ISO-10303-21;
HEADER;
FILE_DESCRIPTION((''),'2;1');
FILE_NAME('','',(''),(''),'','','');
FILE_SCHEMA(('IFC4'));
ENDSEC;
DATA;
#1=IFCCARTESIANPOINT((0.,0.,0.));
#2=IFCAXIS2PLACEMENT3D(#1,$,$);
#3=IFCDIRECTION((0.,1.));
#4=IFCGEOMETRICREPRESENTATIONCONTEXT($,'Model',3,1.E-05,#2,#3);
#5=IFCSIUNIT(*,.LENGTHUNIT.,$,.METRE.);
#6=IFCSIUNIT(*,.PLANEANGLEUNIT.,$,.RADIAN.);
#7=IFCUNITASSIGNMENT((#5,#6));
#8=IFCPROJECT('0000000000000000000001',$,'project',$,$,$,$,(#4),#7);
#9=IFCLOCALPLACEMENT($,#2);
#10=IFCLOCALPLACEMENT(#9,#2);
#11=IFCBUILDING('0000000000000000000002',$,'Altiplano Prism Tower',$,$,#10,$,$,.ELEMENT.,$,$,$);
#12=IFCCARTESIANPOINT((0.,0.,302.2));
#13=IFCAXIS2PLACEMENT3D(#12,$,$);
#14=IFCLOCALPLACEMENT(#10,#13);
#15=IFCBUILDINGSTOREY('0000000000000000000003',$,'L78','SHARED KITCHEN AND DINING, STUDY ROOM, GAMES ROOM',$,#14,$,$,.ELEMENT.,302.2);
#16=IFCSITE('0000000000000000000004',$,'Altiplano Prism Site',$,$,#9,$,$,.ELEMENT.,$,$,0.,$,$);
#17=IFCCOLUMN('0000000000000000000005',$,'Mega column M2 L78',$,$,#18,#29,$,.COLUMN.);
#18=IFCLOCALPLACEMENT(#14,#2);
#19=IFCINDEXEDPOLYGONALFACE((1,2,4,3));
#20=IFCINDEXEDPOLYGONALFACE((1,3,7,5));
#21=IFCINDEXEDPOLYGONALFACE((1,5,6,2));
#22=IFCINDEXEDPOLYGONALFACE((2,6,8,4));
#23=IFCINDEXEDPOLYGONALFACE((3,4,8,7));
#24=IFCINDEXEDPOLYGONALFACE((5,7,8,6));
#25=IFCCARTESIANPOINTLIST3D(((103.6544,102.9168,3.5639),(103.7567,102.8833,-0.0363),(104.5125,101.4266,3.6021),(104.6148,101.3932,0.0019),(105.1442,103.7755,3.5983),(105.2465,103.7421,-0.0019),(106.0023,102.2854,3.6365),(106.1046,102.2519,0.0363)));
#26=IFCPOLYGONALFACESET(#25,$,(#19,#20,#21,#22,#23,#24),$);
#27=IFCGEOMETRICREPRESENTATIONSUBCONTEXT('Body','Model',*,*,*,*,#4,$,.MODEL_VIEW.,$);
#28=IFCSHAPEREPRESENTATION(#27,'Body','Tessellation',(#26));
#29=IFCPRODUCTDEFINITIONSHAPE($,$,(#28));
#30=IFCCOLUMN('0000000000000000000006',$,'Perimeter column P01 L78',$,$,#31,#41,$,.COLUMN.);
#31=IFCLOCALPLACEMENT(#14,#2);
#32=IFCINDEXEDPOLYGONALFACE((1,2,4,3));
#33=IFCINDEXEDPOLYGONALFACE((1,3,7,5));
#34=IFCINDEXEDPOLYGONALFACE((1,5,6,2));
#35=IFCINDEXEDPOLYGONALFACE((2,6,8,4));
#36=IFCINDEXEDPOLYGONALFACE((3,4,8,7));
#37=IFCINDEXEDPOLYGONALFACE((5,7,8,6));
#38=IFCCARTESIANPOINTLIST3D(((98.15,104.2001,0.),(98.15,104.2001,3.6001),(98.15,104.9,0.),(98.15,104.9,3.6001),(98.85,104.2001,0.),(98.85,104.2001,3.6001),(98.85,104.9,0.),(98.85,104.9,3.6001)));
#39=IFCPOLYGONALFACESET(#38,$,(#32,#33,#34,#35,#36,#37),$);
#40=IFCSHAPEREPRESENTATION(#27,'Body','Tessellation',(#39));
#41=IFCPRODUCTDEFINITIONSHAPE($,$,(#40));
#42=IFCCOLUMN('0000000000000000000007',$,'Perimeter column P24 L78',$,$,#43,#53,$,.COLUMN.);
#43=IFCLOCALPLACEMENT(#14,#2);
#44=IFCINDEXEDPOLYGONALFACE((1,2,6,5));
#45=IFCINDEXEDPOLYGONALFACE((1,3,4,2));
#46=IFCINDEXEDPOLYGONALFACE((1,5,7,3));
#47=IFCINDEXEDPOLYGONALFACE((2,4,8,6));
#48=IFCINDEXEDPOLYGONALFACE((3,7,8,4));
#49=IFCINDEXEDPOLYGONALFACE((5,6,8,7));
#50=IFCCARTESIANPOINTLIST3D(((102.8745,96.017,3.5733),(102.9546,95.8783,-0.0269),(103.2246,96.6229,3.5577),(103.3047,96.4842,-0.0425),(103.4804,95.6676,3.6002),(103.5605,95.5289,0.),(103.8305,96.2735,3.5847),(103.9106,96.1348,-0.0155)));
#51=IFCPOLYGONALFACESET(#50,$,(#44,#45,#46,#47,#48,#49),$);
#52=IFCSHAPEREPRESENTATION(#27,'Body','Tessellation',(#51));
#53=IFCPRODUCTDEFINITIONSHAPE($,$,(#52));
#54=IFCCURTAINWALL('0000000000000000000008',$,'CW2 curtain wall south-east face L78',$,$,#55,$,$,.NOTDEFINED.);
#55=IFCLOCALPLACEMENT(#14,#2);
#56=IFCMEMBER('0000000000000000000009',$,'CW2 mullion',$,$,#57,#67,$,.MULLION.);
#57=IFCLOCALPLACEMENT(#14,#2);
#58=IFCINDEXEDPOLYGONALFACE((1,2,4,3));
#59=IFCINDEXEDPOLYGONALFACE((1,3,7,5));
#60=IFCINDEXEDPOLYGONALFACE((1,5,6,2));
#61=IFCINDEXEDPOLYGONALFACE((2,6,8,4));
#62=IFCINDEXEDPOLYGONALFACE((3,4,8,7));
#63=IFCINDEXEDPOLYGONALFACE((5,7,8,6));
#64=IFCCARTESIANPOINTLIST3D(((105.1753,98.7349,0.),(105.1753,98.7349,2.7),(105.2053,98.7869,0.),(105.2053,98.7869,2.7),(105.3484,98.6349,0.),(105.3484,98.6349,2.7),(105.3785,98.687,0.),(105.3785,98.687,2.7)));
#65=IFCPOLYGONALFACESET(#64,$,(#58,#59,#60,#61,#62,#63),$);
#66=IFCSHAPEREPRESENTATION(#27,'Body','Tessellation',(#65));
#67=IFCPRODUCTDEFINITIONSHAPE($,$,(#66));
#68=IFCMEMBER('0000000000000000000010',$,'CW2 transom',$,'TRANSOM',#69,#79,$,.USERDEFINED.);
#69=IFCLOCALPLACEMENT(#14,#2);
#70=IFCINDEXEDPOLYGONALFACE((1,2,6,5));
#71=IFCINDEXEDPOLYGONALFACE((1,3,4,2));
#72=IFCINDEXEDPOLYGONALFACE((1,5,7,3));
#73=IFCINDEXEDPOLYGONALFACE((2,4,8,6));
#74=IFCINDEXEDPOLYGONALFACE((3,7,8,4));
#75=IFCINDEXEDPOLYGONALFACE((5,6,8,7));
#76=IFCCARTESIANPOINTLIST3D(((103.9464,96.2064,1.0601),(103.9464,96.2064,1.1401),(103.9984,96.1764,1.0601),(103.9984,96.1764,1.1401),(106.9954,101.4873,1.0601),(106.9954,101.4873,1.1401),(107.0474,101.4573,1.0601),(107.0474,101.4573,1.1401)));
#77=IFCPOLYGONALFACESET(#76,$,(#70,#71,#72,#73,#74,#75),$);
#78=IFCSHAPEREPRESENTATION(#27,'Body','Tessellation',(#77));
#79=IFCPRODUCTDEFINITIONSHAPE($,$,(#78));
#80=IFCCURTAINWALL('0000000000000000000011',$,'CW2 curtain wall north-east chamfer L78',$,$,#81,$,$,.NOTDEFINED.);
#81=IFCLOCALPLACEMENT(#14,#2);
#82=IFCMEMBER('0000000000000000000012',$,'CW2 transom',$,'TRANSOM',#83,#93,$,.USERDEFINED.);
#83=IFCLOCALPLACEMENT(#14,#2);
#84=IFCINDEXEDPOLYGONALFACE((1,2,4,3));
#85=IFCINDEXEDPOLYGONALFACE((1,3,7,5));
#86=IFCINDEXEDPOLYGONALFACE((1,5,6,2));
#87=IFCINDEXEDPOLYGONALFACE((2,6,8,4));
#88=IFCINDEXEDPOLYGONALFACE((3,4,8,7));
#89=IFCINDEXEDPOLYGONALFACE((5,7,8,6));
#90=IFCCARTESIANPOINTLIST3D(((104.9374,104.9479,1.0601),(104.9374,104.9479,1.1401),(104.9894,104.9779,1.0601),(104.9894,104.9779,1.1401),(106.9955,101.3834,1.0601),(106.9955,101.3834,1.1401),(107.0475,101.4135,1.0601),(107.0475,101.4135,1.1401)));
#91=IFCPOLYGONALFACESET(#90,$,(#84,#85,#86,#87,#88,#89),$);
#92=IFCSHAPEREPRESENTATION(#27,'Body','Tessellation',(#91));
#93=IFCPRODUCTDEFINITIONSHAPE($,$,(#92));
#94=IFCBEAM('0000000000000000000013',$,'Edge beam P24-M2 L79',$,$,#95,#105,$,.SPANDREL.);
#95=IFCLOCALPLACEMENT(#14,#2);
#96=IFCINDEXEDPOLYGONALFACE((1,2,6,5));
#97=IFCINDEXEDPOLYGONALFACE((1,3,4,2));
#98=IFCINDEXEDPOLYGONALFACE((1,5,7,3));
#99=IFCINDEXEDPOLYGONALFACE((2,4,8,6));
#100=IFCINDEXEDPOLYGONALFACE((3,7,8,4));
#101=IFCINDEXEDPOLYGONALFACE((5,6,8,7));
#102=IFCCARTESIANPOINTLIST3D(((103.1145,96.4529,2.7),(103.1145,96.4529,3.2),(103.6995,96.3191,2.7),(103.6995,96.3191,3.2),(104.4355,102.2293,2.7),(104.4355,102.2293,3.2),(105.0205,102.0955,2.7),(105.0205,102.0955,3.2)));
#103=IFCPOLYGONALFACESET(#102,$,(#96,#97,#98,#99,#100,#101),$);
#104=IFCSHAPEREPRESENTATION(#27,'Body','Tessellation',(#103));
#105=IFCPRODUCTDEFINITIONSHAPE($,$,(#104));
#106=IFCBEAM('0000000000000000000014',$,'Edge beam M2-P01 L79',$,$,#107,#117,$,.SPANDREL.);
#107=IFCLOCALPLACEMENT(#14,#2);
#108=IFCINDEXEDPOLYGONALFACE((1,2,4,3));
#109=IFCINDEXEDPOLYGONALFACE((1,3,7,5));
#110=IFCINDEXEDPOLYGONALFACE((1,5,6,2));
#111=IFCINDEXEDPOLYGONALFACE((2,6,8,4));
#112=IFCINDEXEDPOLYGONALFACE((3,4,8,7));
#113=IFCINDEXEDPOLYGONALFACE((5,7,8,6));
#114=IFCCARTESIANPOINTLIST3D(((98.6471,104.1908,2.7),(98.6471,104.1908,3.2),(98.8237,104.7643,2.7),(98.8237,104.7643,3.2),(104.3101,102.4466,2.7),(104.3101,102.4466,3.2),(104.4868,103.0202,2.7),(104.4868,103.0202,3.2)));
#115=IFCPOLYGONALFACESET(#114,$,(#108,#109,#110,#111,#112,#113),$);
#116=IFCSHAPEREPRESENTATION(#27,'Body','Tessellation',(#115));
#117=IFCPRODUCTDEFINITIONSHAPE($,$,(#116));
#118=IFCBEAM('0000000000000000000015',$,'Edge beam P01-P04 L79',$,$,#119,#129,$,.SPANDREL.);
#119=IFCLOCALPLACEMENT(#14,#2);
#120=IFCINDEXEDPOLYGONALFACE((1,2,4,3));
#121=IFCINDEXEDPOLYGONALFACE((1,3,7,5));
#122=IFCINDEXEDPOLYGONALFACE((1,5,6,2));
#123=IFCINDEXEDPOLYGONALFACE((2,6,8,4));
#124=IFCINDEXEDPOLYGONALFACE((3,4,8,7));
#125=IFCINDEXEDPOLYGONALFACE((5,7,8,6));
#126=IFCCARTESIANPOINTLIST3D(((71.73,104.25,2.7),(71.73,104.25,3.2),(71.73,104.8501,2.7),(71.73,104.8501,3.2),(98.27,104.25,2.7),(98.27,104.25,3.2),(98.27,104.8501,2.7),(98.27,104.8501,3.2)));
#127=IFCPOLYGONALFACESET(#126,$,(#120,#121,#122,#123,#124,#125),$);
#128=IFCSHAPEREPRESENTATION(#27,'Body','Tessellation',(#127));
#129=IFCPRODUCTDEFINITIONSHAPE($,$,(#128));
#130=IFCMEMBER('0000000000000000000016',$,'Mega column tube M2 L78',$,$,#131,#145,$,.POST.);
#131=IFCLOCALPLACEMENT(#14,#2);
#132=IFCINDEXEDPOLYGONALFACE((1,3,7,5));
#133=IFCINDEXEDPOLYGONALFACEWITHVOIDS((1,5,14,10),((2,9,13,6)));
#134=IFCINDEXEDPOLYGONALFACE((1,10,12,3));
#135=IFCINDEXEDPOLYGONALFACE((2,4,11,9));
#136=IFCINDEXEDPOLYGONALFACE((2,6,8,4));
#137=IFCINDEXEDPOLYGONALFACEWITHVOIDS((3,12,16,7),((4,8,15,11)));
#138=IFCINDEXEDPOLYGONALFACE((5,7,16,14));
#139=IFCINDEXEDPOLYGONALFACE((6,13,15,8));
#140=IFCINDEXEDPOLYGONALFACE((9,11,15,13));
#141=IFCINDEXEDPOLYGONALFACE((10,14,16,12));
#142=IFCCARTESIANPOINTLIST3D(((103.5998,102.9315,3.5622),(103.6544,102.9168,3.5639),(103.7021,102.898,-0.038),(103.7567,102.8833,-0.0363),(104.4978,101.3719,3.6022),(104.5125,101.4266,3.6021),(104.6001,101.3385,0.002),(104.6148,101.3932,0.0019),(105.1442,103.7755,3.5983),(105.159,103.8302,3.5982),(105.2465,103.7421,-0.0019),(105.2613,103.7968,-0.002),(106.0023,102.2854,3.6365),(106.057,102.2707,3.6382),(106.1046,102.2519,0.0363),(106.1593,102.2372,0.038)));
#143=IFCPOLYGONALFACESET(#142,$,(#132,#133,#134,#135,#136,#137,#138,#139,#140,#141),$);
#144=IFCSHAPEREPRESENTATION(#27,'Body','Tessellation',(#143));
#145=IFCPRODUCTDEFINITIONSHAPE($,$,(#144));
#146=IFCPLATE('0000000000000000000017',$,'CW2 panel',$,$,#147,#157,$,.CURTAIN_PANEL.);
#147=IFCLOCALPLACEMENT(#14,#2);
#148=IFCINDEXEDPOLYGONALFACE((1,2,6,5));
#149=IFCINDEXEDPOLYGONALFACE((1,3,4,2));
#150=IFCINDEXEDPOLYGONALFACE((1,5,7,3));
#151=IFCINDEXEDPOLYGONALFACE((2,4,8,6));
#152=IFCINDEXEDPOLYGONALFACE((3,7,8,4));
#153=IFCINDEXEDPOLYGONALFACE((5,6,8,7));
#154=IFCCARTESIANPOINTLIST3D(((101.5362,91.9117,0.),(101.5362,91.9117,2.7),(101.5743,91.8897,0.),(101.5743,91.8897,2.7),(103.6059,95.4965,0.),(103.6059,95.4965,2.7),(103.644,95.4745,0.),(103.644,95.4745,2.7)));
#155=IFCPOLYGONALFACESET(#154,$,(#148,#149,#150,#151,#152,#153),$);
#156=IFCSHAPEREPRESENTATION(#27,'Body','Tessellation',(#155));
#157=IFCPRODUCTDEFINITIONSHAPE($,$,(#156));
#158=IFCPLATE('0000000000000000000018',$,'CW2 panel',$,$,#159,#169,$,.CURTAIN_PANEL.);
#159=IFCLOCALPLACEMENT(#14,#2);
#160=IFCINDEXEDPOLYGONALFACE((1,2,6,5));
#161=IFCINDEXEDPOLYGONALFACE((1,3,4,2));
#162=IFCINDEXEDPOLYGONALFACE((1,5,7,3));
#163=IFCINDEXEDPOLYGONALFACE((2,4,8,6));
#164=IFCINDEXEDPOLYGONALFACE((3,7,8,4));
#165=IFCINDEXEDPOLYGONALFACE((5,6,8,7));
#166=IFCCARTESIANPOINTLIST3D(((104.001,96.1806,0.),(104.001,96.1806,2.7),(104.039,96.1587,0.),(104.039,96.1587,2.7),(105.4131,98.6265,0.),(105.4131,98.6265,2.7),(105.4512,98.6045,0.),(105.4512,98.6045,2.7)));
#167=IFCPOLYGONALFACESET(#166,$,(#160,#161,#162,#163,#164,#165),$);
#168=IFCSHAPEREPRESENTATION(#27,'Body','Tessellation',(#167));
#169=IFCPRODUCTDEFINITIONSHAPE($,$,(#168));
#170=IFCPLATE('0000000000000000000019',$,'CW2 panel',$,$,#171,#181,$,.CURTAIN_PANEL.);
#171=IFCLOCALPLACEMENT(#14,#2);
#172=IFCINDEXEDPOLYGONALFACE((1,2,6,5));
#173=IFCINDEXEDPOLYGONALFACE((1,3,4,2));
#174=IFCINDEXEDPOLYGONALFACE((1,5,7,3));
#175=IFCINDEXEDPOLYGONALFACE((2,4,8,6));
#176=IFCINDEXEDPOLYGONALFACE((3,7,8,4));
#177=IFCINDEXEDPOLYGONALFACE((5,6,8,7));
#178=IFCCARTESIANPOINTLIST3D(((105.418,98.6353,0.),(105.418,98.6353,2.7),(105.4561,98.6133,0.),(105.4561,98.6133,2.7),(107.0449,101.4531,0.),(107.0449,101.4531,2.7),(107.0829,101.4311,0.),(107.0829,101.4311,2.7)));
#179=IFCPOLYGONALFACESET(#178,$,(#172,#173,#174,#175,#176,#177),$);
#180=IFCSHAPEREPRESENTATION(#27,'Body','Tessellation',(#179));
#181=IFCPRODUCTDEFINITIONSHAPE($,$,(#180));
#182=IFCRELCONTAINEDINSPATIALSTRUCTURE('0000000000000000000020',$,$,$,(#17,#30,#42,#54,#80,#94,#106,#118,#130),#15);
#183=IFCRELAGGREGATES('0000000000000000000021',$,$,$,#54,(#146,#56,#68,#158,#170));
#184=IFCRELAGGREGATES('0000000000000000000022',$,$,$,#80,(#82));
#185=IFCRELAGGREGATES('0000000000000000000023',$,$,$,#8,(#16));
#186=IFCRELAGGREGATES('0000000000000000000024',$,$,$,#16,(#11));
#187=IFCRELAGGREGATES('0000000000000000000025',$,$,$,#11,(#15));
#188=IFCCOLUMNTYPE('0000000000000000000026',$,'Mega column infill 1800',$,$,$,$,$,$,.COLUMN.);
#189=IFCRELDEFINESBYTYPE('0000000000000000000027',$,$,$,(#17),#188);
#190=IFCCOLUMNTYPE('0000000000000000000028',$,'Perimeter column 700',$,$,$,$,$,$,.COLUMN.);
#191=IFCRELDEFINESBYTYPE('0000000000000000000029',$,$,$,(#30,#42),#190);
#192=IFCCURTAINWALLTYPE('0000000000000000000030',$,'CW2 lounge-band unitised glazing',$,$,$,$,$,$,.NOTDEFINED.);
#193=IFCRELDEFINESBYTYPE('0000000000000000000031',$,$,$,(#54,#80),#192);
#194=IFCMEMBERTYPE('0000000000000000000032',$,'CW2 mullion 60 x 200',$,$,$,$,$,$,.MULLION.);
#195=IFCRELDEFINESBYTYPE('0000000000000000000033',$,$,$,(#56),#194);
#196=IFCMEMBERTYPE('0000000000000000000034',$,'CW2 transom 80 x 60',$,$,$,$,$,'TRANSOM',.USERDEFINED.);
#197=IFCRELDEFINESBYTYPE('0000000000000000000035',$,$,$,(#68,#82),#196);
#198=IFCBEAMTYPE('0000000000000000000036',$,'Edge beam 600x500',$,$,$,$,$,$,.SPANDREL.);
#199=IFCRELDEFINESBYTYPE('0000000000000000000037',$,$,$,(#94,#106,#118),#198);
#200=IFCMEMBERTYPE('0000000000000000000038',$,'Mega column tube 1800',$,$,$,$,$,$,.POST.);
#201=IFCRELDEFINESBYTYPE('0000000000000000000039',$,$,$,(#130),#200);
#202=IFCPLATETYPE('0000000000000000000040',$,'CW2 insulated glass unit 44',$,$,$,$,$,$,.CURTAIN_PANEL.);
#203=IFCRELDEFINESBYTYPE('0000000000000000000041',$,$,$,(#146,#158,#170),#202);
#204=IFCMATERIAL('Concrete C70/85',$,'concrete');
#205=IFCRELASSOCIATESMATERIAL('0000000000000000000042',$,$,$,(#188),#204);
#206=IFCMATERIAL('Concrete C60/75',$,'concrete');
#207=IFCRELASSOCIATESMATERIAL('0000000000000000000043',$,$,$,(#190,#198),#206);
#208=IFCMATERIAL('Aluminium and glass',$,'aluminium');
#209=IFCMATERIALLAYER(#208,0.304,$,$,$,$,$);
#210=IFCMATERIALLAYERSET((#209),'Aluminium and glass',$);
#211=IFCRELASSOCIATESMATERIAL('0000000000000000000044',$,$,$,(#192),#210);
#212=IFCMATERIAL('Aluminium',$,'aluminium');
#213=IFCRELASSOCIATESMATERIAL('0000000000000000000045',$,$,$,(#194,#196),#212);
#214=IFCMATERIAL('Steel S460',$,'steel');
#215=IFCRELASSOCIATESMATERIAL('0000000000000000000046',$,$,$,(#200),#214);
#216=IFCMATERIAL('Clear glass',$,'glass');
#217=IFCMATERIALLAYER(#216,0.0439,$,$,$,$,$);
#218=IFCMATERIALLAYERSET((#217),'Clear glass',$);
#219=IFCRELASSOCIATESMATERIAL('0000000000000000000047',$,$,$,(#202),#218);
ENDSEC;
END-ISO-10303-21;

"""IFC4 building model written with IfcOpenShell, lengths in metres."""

from ifc_helpers import new_model, si_unit, direction, frame, origin, origin_2d, place, context, subcontext, project, spatial, rectangle, hollow_rectangle, extrude, material, layer, layer_set, material_profile, profile_set, type_object, element, aggregate, save


model = new_model("IFC4")

# Units and contexts
model_context = context("Model", 3, precision=1e-05, world=origin(), true_north=direction((0.0, 1.0)))
body_context = subcontext(model_context, "Body", "Model", "MODEL_VIEW")
ifc_project = project(units=[si_unit("LENGTHUNIT", "METRE"), si_unit("PLANEANGLEUNIT", "RADIAN")], contexts=[model_context])

# Site, building, storey
site_placement = place(None, origin())
site = spatial("IfcSite", under=ifc_project, at=site_placement, Name="Altiplano Prism Site", CompositionType="ELEMENT", RefElevation=0.0)
building_placement = place(site_placement, origin())
building = spatial("IfcBuilding", under=site, at=building_placement, Name="Altiplano Prism Tower", CompositionType="ELEMENT")
storey_placement = place(building_placement, frame((0.0, 0.0, 302.2)))
storey = spatial("IfcBuildingStorey", under=building, at=storey_placement, Name="L78", Description="SHARED KITCHEN AND DINING, STUDY ROOM, GAMES ROOM", CompositionType="ELEMENT", Elevation=302.2)

# Columns
ifc_material_1 = material(Name="Concrete C70/85", Category="concrete")
ifc_material_profile_1 = material_profile(ifc_material_1, rectangle(XDim=1.72, YDim=1.72, at=origin_2d()), Name="Mega column infill 1800")
ifc_profile_set_1 = profile_set([ifc_material_profile_1], Name="Concrete C70/85")
column_type_1 = type_object("IfcColumnType", Name="Mega column infill 1800", PredefinedType="COLUMN", material=ifc_profile_set_1)
column_1_placement = place(storey_placement, frame((104.9307, 102.5676, 0.0), z_axis=(-0.028402, 0.009287, 0.999553), x_axis=(0.498889, -0.866381, 0.022225)))
element("IfcColumn", 1, at=column_1_placement, inside=storey, type_object=column_type_1, Name="Mega column M2 L78", PredefinedType="COLUMN", context=body_context, shape_type="SweptSolid", body=[
    extrude(rectangle(XDim=1.72, YDim=1.72, at=origin_2d()), origin(), (0.0, 0.0, 1.0), 3.6018),
])
ifc_material_2 = material(Name="Concrete C60/75", Category="concrete")
ifc_material_profile_2 = material_profile(ifc_material_2, rectangle(XDim=0.7, YDim=0.7, at=origin_2d()), Name="Perimeter column 700")
ifc_profile_set_2 = profile_set([ifc_material_profile_2], Name="Concrete C60/75")
column_type_2 = type_object("IfcColumnType", Name="Perimeter column 700", PredefinedType="COLUMN", material=ifc_profile_set_2)
column_2_placement = place(storey_placement, frame((98.5, 104.55, 0.0), z_axis=(0.0, 0.0, 1.0), x_axis=(1.0, 0.0, 0.0)))
element("IfcColumn", 2, at=column_2_placement, inside=storey, type_object=column_type_2, Name="Perimeter column P01 L78", PredefinedType="COLUMN", context=body_context, shape_type="SweptSolid", body=[
    extrude(rectangle(XDim=0.7, YDim=0.7, at=origin_2d()), origin(), (0.0, 0.0, 1.0), 3.6001),
])
column_3_placement = place(storey_placement, frame((103.4326, 96.0066, -0.0212), z_axis=(-0.022221, 0.038481, 0.999012), x_axis=(-0.50017, -0.865642, 0.022218)))
element("IfcColumn", 3, at=column_3_placement, inside=storey, type_object=column_type_2, Name="Perimeter column P24 L78", PredefinedType="COLUMN", context=body_context, shape_type="SweptSolid", body=[
    extrude(rectangle(XDim=0.7, YDim=0.7, at=origin_2d()), origin(), (0.0, 0.0, 1.0), 3.6038),
])

# Curtain wall, members
ifc_material_3 = material(Name="Aluminium and glass", Category="aluminium")
ifc_layer_1 = layer(ifc_material_3, 0.304)
ifc_layer_set_1 = layer_set([ifc_layer_1], Name="Aluminium and glass")
curtain_wall_type = type_object("IfcCurtainWallType", Name="CW2 lounge-band unitised glazing", PredefinedType="NOTDEFINED", material=ifc_layer_set_1)
curtain_wall_1_placement = place(storey_placement, origin())
curtain_wall_1 = element("IfcCurtainWall", 4, at=curtain_wall_1_placement, inside=storey, type_object=curtain_wall_type, Name="CW2 curtain wall south-east face L78", PredefinedType="NOTDEFINED")
ifc_material_4 = material(Name="Aluminium", Category="aluminium")
ifc_material_profile_3 = material_profile(ifc_material_4, rectangle(XDim=0.2, YDim=0.0601, at=origin_2d()), Name="CW2 mullion 60 x 200")
ifc_profile_set_3 = profile_set([ifc_material_profile_3], Name="Aluminium")
member_type_1 = type_object("IfcMemberType", Name="CW2 mullion 60 x 200", PredefinedType="MULLION", material=ifc_profile_set_3)
member_1_placement = place(storey_placement, frame((105.2769, 98.7109, 0.0), z_axis=(0.0, 0.0, 1.0), x_axis=(-0.866025, 0.5, 0.0)))
member_1 = element("IfcMember", 5, at=member_1_placement, type_object=member_type_1, Name="CW2 mullion", PredefinedType="MULLION", context=body_context, shape_type="SweptSolid", body=[
    extrude(rectangle(XDim=0.2, YDim=0.0601, at=origin_2d()), origin(), (0.0, 0.0, 1.0), 2.7),
])
ifc_material_profile_4 = material_profile(ifc_material_4, rectangle(XDim=0.0601, YDim=0.0801, at=origin_2d()), Name="CW2 transom 80 x 60")
ifc_profile_set_4 = profile_set([ifc_material_profile_4], Name="Aluminium")
member_type_2 = type_object("IfcMemberType", Name="CW2 transom 80 x 60", ElementType="TRANSOM", PredefinedType="USERDEFINED", material=ifc_profile_set_4)
member_2_placement = place(storey_placement, frame((103.9724, 96.1914, 1.1001), z_axis=(0.50001, 0.86602, 0.0), x_axis=(-0.86602, 0.50001, 0.0)))
member_2 = element("IfcMember", 6, at=member_2_placement, type_object=member_type_2, Name="CW2 transom", ObjectType="TRANSOM", PredefinedType="USERDEFINED", context=body_context, shape_type="SweptSolid", body=[
    extrude(rectangle(XDim=0.0601, YDim=0.0801, at=origin_2d()), origin(), (0.0, 0.0, 1.0), 6.0979),
])

# Curtain wall, member
curtain_wall_2_placement = place(storey_placement, origin())
curtain_wall_2 = element("IfcCurtainWall", 7, at=curtain_wall_2_placement, inside=storey, type_object=curtain_wall_type, Name="CW2 curtain wall north-east chamfer L78", PredefinedType="NOTDEFINED")
member_3_placement = place(storey_placement, frame((107.0215, 101.3984, 1.1001), z_axis=(-0.500031, 0.866008, 0.0), x_axis=(-0.866008, -0.500031, 0.0)))
member_3 = element("IfcMember", 8, at=member_3_placement, type_object=member_type_2, Name="CW2 transom", ObjectType="TRANSOM", PredefinedType="USERDEFINED", context=body_context, shape_type="SweptSolid", body=[
    extrude(rectangle(XDim=0.0601, YDim=0.0801, at=origin_2d()), origin(), (0.0, 0.0, 1.0), 4.116),
])

# Beams
ifc_material_profile_5 = material_profile(ifc_material_2, rectangle(XDim=0.6001, YDim=0.5, at=origin_2d()), Name="Edge beam 600x500")
ifc_profile_set_5 = profile_set([ifc_material_profile_5], Name="Concrete C60/75")
beam_type = type_object("IfcBeamType", Name="Edge beam 600x500", PredefinedType="SPANDREL", material=ifc_profile_set_5)
for number, where, z_axis, x_axis, name in (
    (9, (103.407, 96.386, 2.95), (0.222942, 0.974832, 0.0), (-0.974832, 0.222942, 0.0), "Edge beam P24-M2 L79"),
    (10, (104.3984, 102.7334, 2.95), (-0.955701, 0.294341, 0.0), (-0.294341, -0.955701, 0.0), "Edge beam M2-P01 L79"),
):
    element("IfcBeam", number, at=place(storey_placement, frame(where, z_axis=z_axis, x_axis=x_axis)), inside=storey, type_object=beam_type, Name=name, PredefinedType="SPANDREL", context=body_context, shape_type="SweptSolid", body=[
        extrude(rectangle(XDim=0.6001, YDim=0.5, at=origin_2d()), origin(), (0.0, 0.0, 1.0), 5.9255),
    ])
beam_placement = place(storey_placement, frame((98.27, 104.55, 2.95), z_axis=(-1.0, 0.0, 0.0), x_axis=(0.0, -1.0, 0.0)))
element("IfcBeam", 11, at=beam_placement, inside=storey, type_object=beam_type, Name="Edge beam P01-P04 L79", PredefinedType="SPANDREL", context=body_context, shape_type="SweptSolid", body=[
    extrude(rectangle(XDim=0.6001, YDim=0.5, at=origin_2d()), origin(), (0.0, 0.0, 1.0), 26.54),
])

# Member
ifc_material_5 = material(Name="Steel S460", Category="steel")
ifc_material_profile_6 = material_profile(ifc_material_5, hollow_rectangle(XDim=1.8, YDim=1.8, WallThickness=0.04, at=origin_2d()), Name="Mega column tube 1800")
ifc_profile_set_6 = profile_set([ifc_material_profile_6], Name="Steel S460")
member_type_3 = type_object("IfcMemberType", Name="Mega column tube 1800", PredefinedType="POST", material=ifc_profile_set_6)
member_4_placement = place(storey_placement, frame((104.9307, 102.5676, 0.0), z_axis=(-0.028402, 0.009287, 0.999553), x_axis=(0.498889, -0.866381, 0.022225)))
element("IfcMember", 12, at=member_4_placement, inside=storey, type_object=member_type_3, Name="Mega column tube M2 L78", PredefinedType="POST", context=body_context, shape_type="SweptSolid", body=[
    extrude(hollow_rectangle(XDim=1.8, YDim=1.8, WallThickness=0.04, at=origin_2d()), origin(), (0.0, 0.0, 1.0), 3.6018),
])

# Plates
ifc_material_6 = material(Name="Clear glass", Category="glass")
ifc_layer_2 = layer(ifc_material_6, 0.0439)
ifc_layer_set_2 = layer_set([ifc_layer_2], Name="Clear glass")
plate_type = type_object("IfcPlateType", Name="CW2 insulated glass unit 44", PredefinedType="CURTAIN_PANEL", material=ifc_layer_set_2)
plate_1_placement = place(storey_placement, frame((102.5901, 93.6931, 0.0), z_axis=(0.0, 0.0, 1.0), x_axis=(0.5, 0.866025, 0.0)))
plate_1 = element("IfcPlate", 13, at=plate_1_placement, type_object=plate_type, Name="CW2 panel", PredefinedType="CURTAIN_PANEL", context=body_context, shape_type="SweptSolid", body=[
    extrude(rectangle(XDim=4.1394, YDim=0.0439, at=origin_2d()), origin(), (0.0, 0.0, 1.0), 2.7),
])
plate_2_placement = place(storey_placement, frame((104.7261, 97.3926, 0.0), z_axis=(0.0, 0.0, 1.0), x_axis=(0.5, 0.866025, 0.0)))
plate_2 = element("IfcPlate", 14, at=plate_2_placement, type_object=plate_type, Name="CW2 panel", PredefinedType="CURTAIN_PANEL", context=body_context, shape_type="SweptSolid", body=[
    extrude(rectangle(XDim=2.8242, YDim=0.0439, at=origin_2d()), origin(), (0.0, 0.0, 1.0), 2.7),
])
plate_3_placement = place(storey_placement, frame((106.2505, 100.0332, 0.0), z_axis=(0.0, 0.0, 1.0), x_axis=(0.5, 0.866025, 0.0)))
plate_3 = element("IfcPlate", 15, at=plate_3_placement, type_object=plate_type, Name="CW2 panel", PredefinedType="CURTAIN_PANEL", context=body_context, shape_type="SweptSolid", body=[
    extrude(rectangle(XDim=3.2537, YDim=0.0439, at=origin_2d()), origin(), (0.0, 0.0, 1.0), 2.7),
])
aggregate(curtain_wall_1, [plate_1, member_1, member_2, plate_2, plate_3])
aggregate(curtain_wall_2, [member_3])

save(model, "model.ifc")
